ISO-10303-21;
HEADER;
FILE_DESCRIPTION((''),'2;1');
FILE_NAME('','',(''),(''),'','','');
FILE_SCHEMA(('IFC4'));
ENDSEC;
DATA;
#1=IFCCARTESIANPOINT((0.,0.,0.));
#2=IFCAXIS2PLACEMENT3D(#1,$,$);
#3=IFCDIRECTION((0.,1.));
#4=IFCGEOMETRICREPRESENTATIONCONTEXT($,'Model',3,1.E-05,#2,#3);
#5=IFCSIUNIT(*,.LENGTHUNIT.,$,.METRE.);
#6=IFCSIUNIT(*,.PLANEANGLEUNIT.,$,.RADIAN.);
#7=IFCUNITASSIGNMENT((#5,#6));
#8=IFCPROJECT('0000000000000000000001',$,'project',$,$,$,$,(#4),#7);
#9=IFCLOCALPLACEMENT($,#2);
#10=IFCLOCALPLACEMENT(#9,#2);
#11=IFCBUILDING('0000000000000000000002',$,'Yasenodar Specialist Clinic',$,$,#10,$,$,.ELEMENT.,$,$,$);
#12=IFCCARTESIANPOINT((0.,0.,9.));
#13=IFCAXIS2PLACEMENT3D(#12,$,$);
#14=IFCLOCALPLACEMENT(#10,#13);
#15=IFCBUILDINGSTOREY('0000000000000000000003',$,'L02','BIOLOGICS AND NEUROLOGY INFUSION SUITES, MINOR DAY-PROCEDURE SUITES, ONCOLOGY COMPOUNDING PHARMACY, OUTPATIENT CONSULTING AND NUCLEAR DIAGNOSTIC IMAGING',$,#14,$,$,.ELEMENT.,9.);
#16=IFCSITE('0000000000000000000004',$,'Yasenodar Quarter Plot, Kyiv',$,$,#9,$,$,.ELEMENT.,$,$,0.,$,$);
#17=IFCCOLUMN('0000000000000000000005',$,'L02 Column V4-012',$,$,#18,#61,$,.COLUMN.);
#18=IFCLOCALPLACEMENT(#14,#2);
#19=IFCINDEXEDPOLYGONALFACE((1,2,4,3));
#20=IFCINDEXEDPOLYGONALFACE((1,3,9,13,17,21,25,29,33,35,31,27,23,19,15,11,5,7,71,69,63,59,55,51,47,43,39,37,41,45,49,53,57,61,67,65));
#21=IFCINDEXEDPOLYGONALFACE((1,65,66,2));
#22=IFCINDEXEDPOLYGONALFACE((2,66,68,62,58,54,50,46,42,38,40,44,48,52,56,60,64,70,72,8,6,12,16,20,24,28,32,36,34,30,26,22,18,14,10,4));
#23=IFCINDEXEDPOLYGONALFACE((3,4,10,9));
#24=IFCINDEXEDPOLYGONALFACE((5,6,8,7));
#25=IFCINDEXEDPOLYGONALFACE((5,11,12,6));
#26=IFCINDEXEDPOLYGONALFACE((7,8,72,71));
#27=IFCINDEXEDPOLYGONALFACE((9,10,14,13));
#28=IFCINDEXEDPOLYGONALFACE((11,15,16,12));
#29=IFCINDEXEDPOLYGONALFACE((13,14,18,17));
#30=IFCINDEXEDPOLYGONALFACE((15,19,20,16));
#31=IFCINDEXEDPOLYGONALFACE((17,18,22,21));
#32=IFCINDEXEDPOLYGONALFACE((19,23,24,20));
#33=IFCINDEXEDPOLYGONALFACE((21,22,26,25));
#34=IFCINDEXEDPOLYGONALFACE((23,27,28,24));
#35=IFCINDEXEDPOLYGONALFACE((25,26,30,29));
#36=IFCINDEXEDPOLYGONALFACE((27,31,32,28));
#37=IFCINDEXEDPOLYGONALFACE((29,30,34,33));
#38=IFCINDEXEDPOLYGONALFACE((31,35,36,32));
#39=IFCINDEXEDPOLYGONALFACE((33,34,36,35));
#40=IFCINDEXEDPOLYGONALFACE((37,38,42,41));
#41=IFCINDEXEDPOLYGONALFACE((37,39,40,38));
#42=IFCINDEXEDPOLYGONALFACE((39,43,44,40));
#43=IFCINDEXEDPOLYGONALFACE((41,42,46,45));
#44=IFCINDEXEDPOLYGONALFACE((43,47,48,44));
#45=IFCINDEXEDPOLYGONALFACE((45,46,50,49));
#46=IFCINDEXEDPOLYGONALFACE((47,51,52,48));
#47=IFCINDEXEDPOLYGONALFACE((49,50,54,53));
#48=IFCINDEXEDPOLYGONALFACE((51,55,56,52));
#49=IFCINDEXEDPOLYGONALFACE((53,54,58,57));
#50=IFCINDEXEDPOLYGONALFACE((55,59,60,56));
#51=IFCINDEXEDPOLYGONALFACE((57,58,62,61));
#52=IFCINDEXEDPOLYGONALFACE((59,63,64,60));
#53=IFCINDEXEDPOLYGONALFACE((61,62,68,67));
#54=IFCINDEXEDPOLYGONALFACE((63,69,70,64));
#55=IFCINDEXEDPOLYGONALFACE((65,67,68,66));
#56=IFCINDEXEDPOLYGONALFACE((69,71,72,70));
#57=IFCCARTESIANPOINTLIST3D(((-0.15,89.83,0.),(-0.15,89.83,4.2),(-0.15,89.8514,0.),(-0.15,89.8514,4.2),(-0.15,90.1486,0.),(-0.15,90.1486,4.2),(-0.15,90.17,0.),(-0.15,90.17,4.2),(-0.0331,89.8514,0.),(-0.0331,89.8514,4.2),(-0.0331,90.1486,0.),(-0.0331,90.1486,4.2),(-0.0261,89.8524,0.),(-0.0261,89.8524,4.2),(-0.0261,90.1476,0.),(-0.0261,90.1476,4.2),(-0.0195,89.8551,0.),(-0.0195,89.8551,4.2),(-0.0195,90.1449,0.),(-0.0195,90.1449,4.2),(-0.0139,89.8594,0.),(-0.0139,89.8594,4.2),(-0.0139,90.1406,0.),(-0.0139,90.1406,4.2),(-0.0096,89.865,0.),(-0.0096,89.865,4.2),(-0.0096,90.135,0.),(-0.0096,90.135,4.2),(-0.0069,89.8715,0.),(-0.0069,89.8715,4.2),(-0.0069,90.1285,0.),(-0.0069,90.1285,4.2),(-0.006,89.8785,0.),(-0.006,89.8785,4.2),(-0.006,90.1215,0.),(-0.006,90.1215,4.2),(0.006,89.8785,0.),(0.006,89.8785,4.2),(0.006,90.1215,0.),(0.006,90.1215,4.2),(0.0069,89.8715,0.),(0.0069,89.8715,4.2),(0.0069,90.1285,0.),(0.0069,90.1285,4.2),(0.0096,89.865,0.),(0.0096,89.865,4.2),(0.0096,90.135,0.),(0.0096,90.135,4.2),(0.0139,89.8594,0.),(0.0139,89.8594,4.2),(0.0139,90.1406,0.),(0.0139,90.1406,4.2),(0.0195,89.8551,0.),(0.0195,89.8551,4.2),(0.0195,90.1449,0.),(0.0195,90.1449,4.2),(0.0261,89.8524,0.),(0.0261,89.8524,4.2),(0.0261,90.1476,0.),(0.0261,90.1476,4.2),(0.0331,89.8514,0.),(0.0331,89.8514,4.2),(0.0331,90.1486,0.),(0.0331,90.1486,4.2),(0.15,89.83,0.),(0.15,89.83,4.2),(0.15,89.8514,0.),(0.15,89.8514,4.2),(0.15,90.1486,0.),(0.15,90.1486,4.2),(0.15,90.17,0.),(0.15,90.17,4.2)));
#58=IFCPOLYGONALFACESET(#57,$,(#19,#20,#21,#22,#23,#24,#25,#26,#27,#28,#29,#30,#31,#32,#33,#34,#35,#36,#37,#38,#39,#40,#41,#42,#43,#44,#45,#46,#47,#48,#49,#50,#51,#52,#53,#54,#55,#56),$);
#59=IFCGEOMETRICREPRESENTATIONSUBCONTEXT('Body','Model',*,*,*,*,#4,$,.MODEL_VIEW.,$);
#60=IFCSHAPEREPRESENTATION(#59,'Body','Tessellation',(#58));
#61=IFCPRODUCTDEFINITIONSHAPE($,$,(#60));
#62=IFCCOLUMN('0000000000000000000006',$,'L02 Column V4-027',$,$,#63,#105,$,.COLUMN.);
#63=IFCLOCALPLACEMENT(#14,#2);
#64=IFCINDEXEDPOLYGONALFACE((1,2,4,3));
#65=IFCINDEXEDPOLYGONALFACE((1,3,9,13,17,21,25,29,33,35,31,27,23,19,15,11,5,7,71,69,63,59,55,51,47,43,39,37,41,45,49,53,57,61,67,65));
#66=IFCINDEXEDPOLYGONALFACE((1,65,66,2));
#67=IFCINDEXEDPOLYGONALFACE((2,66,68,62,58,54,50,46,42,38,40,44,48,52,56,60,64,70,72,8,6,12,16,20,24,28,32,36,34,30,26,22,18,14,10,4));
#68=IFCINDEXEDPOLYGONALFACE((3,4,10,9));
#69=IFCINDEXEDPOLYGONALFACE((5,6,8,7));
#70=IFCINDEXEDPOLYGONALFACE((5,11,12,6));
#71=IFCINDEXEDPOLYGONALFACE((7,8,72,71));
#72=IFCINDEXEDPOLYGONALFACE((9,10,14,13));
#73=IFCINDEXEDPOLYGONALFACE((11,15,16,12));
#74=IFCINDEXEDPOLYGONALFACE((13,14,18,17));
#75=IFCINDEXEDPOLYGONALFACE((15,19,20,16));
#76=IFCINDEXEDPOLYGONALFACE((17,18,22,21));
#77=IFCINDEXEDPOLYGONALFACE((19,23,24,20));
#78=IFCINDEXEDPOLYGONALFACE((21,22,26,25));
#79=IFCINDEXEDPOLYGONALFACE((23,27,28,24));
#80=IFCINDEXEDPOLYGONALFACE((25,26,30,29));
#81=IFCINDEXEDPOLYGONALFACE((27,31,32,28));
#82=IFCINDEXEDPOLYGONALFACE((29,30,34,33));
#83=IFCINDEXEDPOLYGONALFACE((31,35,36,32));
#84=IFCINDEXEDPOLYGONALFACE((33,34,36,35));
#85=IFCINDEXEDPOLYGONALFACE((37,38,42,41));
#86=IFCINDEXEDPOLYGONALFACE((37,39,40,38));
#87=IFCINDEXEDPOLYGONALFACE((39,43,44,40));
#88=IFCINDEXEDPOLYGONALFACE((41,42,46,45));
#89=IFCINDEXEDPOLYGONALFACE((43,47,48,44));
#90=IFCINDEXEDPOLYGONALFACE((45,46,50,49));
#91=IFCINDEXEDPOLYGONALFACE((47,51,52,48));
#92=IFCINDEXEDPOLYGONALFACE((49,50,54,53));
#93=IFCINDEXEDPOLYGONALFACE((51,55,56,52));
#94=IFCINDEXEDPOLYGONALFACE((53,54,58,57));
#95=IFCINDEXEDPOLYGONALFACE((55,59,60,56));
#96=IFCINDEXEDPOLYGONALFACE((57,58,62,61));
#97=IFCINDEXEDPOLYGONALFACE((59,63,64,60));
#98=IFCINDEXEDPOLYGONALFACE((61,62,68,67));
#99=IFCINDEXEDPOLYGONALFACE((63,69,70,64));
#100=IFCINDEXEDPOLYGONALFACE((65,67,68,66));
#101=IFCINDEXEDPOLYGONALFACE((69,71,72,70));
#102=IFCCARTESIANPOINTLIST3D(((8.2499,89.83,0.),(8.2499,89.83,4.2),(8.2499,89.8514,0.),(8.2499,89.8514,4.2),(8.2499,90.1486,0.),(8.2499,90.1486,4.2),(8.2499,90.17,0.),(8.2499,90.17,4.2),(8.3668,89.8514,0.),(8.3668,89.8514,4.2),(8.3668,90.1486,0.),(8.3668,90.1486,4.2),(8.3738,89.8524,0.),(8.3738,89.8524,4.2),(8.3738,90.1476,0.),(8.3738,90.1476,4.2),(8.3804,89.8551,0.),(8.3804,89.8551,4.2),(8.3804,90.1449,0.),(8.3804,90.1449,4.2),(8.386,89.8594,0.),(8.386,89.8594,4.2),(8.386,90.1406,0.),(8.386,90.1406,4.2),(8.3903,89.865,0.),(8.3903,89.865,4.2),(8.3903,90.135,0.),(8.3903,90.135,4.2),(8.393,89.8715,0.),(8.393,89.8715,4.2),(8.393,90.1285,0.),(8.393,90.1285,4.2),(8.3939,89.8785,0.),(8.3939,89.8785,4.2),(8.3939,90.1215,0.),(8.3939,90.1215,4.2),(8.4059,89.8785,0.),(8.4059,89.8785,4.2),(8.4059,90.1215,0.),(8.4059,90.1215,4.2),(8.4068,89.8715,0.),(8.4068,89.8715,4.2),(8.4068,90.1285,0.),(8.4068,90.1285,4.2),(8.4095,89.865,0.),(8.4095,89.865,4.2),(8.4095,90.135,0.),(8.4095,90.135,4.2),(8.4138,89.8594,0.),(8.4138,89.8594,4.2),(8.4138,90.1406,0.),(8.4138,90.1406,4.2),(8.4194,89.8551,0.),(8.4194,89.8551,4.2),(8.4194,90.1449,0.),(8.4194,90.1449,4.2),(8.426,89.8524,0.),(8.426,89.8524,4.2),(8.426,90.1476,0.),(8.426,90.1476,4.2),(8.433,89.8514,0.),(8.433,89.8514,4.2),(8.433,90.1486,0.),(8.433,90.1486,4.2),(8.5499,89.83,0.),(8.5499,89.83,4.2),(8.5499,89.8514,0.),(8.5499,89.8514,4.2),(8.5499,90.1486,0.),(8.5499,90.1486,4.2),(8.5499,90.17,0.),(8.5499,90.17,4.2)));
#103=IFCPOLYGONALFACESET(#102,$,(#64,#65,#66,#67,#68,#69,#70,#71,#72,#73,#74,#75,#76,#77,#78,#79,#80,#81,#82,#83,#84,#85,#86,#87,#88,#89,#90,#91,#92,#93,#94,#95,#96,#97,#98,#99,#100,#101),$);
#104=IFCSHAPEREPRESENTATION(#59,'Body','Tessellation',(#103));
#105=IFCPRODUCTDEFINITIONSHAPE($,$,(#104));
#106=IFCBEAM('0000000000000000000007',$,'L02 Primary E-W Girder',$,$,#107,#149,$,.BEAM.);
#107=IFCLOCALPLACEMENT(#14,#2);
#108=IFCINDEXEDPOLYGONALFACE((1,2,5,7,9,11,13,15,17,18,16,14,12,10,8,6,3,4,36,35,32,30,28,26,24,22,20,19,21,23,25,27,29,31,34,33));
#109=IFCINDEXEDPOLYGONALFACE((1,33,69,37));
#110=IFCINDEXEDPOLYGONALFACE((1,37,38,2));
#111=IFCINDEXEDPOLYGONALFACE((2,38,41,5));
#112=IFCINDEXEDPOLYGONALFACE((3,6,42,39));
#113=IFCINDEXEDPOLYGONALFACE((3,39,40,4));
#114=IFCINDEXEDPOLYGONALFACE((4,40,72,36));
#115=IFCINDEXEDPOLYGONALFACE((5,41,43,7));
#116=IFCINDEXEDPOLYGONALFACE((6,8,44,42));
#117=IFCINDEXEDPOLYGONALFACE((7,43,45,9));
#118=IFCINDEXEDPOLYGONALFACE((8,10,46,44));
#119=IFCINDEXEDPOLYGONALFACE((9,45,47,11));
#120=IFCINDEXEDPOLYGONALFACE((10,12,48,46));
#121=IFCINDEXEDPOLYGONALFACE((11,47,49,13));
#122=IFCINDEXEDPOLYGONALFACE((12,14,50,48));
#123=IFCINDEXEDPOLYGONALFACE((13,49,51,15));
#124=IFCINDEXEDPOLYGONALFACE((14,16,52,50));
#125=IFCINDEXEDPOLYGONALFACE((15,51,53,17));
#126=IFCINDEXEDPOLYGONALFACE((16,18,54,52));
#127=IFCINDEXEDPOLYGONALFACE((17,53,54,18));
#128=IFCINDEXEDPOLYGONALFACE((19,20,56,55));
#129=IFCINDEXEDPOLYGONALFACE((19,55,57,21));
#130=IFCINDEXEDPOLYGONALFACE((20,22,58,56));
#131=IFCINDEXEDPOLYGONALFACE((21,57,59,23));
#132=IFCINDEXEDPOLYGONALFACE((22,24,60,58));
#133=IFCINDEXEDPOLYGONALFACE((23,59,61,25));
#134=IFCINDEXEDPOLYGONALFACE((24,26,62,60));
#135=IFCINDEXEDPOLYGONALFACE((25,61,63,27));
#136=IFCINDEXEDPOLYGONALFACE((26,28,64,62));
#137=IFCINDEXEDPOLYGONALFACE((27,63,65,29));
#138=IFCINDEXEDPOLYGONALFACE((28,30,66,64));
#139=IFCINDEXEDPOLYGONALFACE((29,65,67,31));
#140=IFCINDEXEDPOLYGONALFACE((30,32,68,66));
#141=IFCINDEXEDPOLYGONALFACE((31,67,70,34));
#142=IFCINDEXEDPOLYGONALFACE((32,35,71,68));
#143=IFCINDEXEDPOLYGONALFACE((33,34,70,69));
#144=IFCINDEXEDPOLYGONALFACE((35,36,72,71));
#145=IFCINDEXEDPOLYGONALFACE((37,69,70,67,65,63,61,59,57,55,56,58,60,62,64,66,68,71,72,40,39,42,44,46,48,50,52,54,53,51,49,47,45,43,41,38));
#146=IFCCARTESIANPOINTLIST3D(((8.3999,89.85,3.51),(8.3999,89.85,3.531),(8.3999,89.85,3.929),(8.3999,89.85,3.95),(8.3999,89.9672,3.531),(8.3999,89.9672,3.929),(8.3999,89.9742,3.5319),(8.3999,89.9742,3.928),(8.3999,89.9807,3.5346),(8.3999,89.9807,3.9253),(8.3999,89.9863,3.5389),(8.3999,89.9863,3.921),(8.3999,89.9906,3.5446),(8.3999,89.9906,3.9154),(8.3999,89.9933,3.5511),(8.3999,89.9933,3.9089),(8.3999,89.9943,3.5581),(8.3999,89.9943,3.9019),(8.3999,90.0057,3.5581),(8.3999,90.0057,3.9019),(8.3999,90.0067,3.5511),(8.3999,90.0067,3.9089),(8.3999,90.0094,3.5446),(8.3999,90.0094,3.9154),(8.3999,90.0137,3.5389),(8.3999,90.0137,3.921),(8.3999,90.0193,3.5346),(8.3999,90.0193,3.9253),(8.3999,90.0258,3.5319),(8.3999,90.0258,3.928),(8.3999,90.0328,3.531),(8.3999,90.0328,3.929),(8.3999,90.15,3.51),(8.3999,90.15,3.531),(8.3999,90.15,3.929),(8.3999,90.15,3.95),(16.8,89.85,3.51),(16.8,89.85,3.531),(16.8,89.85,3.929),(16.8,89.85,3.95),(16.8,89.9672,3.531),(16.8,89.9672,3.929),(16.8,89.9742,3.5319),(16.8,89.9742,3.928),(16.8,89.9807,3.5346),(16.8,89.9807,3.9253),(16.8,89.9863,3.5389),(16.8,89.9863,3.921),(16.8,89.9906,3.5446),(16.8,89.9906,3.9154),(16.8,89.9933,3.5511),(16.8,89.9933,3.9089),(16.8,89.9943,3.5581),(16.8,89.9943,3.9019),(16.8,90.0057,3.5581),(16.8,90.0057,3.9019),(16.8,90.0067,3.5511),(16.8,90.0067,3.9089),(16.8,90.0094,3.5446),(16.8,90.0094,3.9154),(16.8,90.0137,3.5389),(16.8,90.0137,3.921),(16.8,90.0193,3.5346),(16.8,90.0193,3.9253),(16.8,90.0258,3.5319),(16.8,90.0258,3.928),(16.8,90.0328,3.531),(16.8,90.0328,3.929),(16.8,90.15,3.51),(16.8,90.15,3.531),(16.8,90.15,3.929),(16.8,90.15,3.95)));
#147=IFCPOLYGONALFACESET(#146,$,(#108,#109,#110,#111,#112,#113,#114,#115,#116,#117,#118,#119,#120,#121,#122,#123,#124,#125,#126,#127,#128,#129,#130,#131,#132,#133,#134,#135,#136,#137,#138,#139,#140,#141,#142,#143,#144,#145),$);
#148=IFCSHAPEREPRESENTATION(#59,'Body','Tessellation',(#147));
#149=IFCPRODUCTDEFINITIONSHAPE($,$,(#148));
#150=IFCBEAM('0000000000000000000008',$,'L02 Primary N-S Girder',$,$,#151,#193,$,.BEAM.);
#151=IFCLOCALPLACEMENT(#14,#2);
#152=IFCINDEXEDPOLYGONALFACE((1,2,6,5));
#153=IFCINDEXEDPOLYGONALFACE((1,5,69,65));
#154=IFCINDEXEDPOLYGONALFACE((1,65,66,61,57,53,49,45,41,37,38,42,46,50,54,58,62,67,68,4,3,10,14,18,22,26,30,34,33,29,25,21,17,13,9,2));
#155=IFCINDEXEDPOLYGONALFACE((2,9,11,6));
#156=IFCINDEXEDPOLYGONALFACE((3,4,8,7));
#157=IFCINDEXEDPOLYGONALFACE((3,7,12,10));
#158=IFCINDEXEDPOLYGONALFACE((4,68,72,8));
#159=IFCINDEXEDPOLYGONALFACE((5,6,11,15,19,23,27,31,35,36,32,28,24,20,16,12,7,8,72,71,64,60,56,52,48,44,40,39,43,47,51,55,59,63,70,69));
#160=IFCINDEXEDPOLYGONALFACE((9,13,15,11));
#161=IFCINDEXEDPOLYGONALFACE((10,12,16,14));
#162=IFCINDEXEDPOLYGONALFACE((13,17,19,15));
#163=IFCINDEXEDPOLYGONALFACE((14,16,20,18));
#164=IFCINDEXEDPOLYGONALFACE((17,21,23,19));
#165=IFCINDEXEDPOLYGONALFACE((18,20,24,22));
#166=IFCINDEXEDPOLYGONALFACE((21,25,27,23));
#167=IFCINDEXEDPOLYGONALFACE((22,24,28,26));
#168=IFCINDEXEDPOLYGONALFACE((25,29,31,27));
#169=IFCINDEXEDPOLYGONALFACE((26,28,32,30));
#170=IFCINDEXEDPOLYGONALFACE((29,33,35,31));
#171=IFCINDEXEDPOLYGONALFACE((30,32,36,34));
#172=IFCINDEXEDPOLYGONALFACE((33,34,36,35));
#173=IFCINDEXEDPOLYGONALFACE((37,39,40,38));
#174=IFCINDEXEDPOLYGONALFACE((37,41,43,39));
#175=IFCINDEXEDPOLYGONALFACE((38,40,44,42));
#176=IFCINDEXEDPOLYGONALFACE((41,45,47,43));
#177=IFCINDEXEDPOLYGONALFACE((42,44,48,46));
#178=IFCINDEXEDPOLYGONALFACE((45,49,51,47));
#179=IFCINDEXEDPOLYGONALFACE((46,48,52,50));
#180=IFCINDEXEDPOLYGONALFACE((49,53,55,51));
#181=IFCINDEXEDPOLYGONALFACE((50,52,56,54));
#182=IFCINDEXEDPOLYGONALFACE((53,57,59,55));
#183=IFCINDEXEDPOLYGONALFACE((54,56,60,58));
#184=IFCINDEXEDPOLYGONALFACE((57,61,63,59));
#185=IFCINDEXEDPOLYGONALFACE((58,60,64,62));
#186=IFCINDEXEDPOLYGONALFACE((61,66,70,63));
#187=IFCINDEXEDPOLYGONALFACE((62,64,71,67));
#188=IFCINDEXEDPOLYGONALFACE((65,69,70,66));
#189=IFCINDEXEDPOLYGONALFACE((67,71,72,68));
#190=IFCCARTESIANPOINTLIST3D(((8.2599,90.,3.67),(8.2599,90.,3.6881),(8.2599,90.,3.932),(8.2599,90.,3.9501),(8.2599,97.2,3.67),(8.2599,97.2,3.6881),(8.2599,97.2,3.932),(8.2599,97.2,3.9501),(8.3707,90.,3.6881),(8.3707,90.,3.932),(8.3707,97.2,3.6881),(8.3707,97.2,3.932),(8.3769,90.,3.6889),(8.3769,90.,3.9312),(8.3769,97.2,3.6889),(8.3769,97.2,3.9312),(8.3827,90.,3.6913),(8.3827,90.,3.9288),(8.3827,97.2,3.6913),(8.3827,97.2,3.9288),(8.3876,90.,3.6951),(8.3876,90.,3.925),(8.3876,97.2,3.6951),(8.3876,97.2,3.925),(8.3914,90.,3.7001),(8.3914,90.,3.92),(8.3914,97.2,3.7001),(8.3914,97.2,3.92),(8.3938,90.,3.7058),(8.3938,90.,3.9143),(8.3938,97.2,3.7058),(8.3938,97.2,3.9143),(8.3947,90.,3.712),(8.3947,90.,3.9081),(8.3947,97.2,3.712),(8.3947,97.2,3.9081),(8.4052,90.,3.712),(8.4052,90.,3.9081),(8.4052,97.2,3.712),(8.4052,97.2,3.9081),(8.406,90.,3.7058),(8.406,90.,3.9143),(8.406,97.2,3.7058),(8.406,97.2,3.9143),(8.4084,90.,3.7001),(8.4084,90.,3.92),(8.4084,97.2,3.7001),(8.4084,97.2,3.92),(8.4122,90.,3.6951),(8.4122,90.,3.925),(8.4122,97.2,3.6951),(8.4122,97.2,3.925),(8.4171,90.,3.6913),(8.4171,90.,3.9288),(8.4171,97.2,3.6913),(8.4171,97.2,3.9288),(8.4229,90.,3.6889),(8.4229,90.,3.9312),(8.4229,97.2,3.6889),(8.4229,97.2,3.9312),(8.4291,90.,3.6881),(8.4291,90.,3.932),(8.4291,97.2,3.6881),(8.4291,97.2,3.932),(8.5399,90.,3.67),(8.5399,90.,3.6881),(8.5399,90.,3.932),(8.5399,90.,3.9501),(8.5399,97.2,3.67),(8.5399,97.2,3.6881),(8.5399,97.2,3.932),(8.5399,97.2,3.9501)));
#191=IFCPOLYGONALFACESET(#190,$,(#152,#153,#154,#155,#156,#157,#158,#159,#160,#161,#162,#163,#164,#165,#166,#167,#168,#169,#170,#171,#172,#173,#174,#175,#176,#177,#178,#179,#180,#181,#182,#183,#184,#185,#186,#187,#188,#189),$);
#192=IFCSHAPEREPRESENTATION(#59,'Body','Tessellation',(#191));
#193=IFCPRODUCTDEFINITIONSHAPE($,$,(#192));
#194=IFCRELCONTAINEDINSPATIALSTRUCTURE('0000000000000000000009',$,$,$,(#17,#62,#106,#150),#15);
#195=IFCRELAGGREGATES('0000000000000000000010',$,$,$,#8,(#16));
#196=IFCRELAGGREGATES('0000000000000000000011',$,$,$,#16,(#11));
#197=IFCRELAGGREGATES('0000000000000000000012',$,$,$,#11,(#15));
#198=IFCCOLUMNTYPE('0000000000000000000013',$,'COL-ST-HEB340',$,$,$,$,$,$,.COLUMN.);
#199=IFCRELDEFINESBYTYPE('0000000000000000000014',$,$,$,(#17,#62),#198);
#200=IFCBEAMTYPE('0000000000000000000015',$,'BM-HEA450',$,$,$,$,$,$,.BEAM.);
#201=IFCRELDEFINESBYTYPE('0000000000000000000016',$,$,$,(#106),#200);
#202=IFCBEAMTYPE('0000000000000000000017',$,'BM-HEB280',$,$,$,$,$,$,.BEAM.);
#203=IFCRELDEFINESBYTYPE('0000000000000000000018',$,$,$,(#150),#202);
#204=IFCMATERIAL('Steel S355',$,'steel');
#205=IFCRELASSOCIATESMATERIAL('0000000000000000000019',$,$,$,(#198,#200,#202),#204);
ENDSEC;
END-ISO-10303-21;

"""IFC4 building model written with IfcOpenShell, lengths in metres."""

from ifc_helpers import new_model, si_unit, direction, frame, origin, origin_2d, place, context, subcontext, project, spatial, i_section, extrude, material, material_profile, profile_set, type_object, element, save


model = new_model("IFC4")

# Units and contexts
model_context = context("Model", 3, precision=1e-05, world=origin(), true_north=direction((0.0, 1.0)))
body_context = subcontext(model_context, "Body", "Model", "MODEL_VIEW")
ifc_project = project(units=[si_unit("LENGTHUNIT", "METRE"), si_unit("PLANEANGLEUNIT", "RADIAN")], contexts=[model_context])

# Site, building, storey
site_placement = place(None, origin())
site = spatial("IfcSite", under=ifc_project, at=site_placement, Name="Yasenodar Quarter Plot, Kyiv", CompositionType="ELEMENT", RefElevation=0.0)
building_placement = place(site_placement, origin())
building = spatial("IfcBuilding", under=site, at=building_placement, Name="Yasenodar Specialist Clinic", CompositionType="ELEMENT")
storey_placement = place(building_placement, frame((0.0, 0.0, 9.0)))
storey = spatial("IfcBuildingStorey", under=building, at=storey_placement, Name="L02", Description="BIOLOGICS AND NEUROLOGY INFUSION SUITES, MINOR DAY-PROCEDURE SUITES, ONCOLOGY COMPOUNDING PHARMACY, OUTPATIENT CONSULTING AND NUCLEAR DIAGNOSTIC IMAGING", CompositionType="ELEMENT", Elevation=9.0)

# Columns
ifc_material_1 = material(Name="Steel S355", Category="steel")
ifc_material_profile_1 = material_profile(ifc_material_1, i_section(OverallWidth=0.3, OverallDepth=0.3401, WebThickness=0.012, FlangeThickness=0.0215, FilletRadius=0.0271, at=origin_2d()), Name="HEB 340")
ifc_profile_set_1 = profile_set([ifc_material_profile_1], Name="Steel S355")
column_type = type_object("IfcColumnType", Name="COL-ST-HEB340", PredefinedType="COLUMN", material=ifc_profile_set_1)
for number, where, z_axis, x_axis, name in (
    (1, (0.0, 90.0, 0.0), (0.0, 0.0, 1.0), (1.0, 0.0, 0.0), "L02 Column V4-012"),
    (2, (8.3999, 90.0, 0.0), (0.0, 0.0, 1.0), (1.0, 0.0, 0.0), "L02 Column V4-027"),
):
    element("IfcColumn", number, at=place(storey_placement, frame(where, z_axis=z_axis, x_axis=x_axis)), inside=storey, type_object=column_type, Name=name, PredefinedType="COLUMN", context=body_context, shape_type="SweptSolid", body=[
        extrude(i_section(OverallWidth=0.3, OverallDepth=0.3401, WebThickness=0.012, FlangeThickness=0.0215, FilletRadius=0.0271, at=origin_2d()), origin(), (0.0, 0.0, 1.0), 4.2),
    ])

# Beams
ifc_material_profile_2 = material_profile(ifc_material_1, i_section(OverallWidth=0.3, OverallDepth=0.4399, WebThickness=0.0115, FlangeThickness=0.021, FilletRadius=0.0271, at=origin_2d()), Name="HEA 450")
ifc_profile_set_2 = profile_set([ifc_material_profile_2], Name="Steel S355")
beam_type_1 = type_object("IfcBeamType", Name="BM-HEA450", PredefinedType="BEAM", material=ifc_profile_set_2)
beam_1_placement = place(storey_placement, frame((8.3999, 90.0, 3.73), z_axis=(1.0, 0.0, 0.0), x_axis=(0.0, 1.0, 0.0)))
element("IfcBeam", 3, at=beam_1_placement, inside=storey, type_object=beam_type_1, Name="L02 Primary E-W Girder", PredefinedType="BEAM", context=body_context, shape_type="SweptSolid", body=[
    extrude(i_section(OverallWidth=0.3, OverallDepth=0.4399, WebThickness=0.0115, FlangeThickness=0.021, FilletRadius=0.0271, at=origin_2d()), origin(), (0.0, 0.0, 1.0), 8.4001),
])
ifc_material_profile_3 = material_profile(ifc_material_1, i_section(OverallWidth=0.28, OverallDepth=0.28, WebThickness=0.0105, FlangeThickness=0.0181, FilletRadius=0.0239, at=origin_2d()), Name="HEB 280")
ifc_profile_set_3 = profile_set([ifc_material_profile_3], Name="Steel S355")
beam_type_2 = type_object("IfcBeamType", Name="BM-HEB280", PredefinedType="BEAM", material=ifc_profile_set_3)
beam_2_placement = place(storey_placement, frame((8.3999, 90.0, 3.8101), z_axis=(0.0, 1.0, 0.0), x_axis=(-1.0, 0.0, 0.0)))
element("IfcBeam", 4, at=beam_2_placement, inside=storey, type_object=beam_type_2, Name="L02 Primary N-S Girder", PredefinedType="BEAM", context=body_context, shape_type="SweptSolid", body=[
    extrude(i_section(OverallWidth=0.28, OverallDepth=0.28, WebThickness=0.0105, FlangeThickness=0.0181, FilletRadius=0.0239, at=origin_2d()), origin(), (0.0, 0.0, 1.0), 7.2),
])

save(model, "model.ifc")
